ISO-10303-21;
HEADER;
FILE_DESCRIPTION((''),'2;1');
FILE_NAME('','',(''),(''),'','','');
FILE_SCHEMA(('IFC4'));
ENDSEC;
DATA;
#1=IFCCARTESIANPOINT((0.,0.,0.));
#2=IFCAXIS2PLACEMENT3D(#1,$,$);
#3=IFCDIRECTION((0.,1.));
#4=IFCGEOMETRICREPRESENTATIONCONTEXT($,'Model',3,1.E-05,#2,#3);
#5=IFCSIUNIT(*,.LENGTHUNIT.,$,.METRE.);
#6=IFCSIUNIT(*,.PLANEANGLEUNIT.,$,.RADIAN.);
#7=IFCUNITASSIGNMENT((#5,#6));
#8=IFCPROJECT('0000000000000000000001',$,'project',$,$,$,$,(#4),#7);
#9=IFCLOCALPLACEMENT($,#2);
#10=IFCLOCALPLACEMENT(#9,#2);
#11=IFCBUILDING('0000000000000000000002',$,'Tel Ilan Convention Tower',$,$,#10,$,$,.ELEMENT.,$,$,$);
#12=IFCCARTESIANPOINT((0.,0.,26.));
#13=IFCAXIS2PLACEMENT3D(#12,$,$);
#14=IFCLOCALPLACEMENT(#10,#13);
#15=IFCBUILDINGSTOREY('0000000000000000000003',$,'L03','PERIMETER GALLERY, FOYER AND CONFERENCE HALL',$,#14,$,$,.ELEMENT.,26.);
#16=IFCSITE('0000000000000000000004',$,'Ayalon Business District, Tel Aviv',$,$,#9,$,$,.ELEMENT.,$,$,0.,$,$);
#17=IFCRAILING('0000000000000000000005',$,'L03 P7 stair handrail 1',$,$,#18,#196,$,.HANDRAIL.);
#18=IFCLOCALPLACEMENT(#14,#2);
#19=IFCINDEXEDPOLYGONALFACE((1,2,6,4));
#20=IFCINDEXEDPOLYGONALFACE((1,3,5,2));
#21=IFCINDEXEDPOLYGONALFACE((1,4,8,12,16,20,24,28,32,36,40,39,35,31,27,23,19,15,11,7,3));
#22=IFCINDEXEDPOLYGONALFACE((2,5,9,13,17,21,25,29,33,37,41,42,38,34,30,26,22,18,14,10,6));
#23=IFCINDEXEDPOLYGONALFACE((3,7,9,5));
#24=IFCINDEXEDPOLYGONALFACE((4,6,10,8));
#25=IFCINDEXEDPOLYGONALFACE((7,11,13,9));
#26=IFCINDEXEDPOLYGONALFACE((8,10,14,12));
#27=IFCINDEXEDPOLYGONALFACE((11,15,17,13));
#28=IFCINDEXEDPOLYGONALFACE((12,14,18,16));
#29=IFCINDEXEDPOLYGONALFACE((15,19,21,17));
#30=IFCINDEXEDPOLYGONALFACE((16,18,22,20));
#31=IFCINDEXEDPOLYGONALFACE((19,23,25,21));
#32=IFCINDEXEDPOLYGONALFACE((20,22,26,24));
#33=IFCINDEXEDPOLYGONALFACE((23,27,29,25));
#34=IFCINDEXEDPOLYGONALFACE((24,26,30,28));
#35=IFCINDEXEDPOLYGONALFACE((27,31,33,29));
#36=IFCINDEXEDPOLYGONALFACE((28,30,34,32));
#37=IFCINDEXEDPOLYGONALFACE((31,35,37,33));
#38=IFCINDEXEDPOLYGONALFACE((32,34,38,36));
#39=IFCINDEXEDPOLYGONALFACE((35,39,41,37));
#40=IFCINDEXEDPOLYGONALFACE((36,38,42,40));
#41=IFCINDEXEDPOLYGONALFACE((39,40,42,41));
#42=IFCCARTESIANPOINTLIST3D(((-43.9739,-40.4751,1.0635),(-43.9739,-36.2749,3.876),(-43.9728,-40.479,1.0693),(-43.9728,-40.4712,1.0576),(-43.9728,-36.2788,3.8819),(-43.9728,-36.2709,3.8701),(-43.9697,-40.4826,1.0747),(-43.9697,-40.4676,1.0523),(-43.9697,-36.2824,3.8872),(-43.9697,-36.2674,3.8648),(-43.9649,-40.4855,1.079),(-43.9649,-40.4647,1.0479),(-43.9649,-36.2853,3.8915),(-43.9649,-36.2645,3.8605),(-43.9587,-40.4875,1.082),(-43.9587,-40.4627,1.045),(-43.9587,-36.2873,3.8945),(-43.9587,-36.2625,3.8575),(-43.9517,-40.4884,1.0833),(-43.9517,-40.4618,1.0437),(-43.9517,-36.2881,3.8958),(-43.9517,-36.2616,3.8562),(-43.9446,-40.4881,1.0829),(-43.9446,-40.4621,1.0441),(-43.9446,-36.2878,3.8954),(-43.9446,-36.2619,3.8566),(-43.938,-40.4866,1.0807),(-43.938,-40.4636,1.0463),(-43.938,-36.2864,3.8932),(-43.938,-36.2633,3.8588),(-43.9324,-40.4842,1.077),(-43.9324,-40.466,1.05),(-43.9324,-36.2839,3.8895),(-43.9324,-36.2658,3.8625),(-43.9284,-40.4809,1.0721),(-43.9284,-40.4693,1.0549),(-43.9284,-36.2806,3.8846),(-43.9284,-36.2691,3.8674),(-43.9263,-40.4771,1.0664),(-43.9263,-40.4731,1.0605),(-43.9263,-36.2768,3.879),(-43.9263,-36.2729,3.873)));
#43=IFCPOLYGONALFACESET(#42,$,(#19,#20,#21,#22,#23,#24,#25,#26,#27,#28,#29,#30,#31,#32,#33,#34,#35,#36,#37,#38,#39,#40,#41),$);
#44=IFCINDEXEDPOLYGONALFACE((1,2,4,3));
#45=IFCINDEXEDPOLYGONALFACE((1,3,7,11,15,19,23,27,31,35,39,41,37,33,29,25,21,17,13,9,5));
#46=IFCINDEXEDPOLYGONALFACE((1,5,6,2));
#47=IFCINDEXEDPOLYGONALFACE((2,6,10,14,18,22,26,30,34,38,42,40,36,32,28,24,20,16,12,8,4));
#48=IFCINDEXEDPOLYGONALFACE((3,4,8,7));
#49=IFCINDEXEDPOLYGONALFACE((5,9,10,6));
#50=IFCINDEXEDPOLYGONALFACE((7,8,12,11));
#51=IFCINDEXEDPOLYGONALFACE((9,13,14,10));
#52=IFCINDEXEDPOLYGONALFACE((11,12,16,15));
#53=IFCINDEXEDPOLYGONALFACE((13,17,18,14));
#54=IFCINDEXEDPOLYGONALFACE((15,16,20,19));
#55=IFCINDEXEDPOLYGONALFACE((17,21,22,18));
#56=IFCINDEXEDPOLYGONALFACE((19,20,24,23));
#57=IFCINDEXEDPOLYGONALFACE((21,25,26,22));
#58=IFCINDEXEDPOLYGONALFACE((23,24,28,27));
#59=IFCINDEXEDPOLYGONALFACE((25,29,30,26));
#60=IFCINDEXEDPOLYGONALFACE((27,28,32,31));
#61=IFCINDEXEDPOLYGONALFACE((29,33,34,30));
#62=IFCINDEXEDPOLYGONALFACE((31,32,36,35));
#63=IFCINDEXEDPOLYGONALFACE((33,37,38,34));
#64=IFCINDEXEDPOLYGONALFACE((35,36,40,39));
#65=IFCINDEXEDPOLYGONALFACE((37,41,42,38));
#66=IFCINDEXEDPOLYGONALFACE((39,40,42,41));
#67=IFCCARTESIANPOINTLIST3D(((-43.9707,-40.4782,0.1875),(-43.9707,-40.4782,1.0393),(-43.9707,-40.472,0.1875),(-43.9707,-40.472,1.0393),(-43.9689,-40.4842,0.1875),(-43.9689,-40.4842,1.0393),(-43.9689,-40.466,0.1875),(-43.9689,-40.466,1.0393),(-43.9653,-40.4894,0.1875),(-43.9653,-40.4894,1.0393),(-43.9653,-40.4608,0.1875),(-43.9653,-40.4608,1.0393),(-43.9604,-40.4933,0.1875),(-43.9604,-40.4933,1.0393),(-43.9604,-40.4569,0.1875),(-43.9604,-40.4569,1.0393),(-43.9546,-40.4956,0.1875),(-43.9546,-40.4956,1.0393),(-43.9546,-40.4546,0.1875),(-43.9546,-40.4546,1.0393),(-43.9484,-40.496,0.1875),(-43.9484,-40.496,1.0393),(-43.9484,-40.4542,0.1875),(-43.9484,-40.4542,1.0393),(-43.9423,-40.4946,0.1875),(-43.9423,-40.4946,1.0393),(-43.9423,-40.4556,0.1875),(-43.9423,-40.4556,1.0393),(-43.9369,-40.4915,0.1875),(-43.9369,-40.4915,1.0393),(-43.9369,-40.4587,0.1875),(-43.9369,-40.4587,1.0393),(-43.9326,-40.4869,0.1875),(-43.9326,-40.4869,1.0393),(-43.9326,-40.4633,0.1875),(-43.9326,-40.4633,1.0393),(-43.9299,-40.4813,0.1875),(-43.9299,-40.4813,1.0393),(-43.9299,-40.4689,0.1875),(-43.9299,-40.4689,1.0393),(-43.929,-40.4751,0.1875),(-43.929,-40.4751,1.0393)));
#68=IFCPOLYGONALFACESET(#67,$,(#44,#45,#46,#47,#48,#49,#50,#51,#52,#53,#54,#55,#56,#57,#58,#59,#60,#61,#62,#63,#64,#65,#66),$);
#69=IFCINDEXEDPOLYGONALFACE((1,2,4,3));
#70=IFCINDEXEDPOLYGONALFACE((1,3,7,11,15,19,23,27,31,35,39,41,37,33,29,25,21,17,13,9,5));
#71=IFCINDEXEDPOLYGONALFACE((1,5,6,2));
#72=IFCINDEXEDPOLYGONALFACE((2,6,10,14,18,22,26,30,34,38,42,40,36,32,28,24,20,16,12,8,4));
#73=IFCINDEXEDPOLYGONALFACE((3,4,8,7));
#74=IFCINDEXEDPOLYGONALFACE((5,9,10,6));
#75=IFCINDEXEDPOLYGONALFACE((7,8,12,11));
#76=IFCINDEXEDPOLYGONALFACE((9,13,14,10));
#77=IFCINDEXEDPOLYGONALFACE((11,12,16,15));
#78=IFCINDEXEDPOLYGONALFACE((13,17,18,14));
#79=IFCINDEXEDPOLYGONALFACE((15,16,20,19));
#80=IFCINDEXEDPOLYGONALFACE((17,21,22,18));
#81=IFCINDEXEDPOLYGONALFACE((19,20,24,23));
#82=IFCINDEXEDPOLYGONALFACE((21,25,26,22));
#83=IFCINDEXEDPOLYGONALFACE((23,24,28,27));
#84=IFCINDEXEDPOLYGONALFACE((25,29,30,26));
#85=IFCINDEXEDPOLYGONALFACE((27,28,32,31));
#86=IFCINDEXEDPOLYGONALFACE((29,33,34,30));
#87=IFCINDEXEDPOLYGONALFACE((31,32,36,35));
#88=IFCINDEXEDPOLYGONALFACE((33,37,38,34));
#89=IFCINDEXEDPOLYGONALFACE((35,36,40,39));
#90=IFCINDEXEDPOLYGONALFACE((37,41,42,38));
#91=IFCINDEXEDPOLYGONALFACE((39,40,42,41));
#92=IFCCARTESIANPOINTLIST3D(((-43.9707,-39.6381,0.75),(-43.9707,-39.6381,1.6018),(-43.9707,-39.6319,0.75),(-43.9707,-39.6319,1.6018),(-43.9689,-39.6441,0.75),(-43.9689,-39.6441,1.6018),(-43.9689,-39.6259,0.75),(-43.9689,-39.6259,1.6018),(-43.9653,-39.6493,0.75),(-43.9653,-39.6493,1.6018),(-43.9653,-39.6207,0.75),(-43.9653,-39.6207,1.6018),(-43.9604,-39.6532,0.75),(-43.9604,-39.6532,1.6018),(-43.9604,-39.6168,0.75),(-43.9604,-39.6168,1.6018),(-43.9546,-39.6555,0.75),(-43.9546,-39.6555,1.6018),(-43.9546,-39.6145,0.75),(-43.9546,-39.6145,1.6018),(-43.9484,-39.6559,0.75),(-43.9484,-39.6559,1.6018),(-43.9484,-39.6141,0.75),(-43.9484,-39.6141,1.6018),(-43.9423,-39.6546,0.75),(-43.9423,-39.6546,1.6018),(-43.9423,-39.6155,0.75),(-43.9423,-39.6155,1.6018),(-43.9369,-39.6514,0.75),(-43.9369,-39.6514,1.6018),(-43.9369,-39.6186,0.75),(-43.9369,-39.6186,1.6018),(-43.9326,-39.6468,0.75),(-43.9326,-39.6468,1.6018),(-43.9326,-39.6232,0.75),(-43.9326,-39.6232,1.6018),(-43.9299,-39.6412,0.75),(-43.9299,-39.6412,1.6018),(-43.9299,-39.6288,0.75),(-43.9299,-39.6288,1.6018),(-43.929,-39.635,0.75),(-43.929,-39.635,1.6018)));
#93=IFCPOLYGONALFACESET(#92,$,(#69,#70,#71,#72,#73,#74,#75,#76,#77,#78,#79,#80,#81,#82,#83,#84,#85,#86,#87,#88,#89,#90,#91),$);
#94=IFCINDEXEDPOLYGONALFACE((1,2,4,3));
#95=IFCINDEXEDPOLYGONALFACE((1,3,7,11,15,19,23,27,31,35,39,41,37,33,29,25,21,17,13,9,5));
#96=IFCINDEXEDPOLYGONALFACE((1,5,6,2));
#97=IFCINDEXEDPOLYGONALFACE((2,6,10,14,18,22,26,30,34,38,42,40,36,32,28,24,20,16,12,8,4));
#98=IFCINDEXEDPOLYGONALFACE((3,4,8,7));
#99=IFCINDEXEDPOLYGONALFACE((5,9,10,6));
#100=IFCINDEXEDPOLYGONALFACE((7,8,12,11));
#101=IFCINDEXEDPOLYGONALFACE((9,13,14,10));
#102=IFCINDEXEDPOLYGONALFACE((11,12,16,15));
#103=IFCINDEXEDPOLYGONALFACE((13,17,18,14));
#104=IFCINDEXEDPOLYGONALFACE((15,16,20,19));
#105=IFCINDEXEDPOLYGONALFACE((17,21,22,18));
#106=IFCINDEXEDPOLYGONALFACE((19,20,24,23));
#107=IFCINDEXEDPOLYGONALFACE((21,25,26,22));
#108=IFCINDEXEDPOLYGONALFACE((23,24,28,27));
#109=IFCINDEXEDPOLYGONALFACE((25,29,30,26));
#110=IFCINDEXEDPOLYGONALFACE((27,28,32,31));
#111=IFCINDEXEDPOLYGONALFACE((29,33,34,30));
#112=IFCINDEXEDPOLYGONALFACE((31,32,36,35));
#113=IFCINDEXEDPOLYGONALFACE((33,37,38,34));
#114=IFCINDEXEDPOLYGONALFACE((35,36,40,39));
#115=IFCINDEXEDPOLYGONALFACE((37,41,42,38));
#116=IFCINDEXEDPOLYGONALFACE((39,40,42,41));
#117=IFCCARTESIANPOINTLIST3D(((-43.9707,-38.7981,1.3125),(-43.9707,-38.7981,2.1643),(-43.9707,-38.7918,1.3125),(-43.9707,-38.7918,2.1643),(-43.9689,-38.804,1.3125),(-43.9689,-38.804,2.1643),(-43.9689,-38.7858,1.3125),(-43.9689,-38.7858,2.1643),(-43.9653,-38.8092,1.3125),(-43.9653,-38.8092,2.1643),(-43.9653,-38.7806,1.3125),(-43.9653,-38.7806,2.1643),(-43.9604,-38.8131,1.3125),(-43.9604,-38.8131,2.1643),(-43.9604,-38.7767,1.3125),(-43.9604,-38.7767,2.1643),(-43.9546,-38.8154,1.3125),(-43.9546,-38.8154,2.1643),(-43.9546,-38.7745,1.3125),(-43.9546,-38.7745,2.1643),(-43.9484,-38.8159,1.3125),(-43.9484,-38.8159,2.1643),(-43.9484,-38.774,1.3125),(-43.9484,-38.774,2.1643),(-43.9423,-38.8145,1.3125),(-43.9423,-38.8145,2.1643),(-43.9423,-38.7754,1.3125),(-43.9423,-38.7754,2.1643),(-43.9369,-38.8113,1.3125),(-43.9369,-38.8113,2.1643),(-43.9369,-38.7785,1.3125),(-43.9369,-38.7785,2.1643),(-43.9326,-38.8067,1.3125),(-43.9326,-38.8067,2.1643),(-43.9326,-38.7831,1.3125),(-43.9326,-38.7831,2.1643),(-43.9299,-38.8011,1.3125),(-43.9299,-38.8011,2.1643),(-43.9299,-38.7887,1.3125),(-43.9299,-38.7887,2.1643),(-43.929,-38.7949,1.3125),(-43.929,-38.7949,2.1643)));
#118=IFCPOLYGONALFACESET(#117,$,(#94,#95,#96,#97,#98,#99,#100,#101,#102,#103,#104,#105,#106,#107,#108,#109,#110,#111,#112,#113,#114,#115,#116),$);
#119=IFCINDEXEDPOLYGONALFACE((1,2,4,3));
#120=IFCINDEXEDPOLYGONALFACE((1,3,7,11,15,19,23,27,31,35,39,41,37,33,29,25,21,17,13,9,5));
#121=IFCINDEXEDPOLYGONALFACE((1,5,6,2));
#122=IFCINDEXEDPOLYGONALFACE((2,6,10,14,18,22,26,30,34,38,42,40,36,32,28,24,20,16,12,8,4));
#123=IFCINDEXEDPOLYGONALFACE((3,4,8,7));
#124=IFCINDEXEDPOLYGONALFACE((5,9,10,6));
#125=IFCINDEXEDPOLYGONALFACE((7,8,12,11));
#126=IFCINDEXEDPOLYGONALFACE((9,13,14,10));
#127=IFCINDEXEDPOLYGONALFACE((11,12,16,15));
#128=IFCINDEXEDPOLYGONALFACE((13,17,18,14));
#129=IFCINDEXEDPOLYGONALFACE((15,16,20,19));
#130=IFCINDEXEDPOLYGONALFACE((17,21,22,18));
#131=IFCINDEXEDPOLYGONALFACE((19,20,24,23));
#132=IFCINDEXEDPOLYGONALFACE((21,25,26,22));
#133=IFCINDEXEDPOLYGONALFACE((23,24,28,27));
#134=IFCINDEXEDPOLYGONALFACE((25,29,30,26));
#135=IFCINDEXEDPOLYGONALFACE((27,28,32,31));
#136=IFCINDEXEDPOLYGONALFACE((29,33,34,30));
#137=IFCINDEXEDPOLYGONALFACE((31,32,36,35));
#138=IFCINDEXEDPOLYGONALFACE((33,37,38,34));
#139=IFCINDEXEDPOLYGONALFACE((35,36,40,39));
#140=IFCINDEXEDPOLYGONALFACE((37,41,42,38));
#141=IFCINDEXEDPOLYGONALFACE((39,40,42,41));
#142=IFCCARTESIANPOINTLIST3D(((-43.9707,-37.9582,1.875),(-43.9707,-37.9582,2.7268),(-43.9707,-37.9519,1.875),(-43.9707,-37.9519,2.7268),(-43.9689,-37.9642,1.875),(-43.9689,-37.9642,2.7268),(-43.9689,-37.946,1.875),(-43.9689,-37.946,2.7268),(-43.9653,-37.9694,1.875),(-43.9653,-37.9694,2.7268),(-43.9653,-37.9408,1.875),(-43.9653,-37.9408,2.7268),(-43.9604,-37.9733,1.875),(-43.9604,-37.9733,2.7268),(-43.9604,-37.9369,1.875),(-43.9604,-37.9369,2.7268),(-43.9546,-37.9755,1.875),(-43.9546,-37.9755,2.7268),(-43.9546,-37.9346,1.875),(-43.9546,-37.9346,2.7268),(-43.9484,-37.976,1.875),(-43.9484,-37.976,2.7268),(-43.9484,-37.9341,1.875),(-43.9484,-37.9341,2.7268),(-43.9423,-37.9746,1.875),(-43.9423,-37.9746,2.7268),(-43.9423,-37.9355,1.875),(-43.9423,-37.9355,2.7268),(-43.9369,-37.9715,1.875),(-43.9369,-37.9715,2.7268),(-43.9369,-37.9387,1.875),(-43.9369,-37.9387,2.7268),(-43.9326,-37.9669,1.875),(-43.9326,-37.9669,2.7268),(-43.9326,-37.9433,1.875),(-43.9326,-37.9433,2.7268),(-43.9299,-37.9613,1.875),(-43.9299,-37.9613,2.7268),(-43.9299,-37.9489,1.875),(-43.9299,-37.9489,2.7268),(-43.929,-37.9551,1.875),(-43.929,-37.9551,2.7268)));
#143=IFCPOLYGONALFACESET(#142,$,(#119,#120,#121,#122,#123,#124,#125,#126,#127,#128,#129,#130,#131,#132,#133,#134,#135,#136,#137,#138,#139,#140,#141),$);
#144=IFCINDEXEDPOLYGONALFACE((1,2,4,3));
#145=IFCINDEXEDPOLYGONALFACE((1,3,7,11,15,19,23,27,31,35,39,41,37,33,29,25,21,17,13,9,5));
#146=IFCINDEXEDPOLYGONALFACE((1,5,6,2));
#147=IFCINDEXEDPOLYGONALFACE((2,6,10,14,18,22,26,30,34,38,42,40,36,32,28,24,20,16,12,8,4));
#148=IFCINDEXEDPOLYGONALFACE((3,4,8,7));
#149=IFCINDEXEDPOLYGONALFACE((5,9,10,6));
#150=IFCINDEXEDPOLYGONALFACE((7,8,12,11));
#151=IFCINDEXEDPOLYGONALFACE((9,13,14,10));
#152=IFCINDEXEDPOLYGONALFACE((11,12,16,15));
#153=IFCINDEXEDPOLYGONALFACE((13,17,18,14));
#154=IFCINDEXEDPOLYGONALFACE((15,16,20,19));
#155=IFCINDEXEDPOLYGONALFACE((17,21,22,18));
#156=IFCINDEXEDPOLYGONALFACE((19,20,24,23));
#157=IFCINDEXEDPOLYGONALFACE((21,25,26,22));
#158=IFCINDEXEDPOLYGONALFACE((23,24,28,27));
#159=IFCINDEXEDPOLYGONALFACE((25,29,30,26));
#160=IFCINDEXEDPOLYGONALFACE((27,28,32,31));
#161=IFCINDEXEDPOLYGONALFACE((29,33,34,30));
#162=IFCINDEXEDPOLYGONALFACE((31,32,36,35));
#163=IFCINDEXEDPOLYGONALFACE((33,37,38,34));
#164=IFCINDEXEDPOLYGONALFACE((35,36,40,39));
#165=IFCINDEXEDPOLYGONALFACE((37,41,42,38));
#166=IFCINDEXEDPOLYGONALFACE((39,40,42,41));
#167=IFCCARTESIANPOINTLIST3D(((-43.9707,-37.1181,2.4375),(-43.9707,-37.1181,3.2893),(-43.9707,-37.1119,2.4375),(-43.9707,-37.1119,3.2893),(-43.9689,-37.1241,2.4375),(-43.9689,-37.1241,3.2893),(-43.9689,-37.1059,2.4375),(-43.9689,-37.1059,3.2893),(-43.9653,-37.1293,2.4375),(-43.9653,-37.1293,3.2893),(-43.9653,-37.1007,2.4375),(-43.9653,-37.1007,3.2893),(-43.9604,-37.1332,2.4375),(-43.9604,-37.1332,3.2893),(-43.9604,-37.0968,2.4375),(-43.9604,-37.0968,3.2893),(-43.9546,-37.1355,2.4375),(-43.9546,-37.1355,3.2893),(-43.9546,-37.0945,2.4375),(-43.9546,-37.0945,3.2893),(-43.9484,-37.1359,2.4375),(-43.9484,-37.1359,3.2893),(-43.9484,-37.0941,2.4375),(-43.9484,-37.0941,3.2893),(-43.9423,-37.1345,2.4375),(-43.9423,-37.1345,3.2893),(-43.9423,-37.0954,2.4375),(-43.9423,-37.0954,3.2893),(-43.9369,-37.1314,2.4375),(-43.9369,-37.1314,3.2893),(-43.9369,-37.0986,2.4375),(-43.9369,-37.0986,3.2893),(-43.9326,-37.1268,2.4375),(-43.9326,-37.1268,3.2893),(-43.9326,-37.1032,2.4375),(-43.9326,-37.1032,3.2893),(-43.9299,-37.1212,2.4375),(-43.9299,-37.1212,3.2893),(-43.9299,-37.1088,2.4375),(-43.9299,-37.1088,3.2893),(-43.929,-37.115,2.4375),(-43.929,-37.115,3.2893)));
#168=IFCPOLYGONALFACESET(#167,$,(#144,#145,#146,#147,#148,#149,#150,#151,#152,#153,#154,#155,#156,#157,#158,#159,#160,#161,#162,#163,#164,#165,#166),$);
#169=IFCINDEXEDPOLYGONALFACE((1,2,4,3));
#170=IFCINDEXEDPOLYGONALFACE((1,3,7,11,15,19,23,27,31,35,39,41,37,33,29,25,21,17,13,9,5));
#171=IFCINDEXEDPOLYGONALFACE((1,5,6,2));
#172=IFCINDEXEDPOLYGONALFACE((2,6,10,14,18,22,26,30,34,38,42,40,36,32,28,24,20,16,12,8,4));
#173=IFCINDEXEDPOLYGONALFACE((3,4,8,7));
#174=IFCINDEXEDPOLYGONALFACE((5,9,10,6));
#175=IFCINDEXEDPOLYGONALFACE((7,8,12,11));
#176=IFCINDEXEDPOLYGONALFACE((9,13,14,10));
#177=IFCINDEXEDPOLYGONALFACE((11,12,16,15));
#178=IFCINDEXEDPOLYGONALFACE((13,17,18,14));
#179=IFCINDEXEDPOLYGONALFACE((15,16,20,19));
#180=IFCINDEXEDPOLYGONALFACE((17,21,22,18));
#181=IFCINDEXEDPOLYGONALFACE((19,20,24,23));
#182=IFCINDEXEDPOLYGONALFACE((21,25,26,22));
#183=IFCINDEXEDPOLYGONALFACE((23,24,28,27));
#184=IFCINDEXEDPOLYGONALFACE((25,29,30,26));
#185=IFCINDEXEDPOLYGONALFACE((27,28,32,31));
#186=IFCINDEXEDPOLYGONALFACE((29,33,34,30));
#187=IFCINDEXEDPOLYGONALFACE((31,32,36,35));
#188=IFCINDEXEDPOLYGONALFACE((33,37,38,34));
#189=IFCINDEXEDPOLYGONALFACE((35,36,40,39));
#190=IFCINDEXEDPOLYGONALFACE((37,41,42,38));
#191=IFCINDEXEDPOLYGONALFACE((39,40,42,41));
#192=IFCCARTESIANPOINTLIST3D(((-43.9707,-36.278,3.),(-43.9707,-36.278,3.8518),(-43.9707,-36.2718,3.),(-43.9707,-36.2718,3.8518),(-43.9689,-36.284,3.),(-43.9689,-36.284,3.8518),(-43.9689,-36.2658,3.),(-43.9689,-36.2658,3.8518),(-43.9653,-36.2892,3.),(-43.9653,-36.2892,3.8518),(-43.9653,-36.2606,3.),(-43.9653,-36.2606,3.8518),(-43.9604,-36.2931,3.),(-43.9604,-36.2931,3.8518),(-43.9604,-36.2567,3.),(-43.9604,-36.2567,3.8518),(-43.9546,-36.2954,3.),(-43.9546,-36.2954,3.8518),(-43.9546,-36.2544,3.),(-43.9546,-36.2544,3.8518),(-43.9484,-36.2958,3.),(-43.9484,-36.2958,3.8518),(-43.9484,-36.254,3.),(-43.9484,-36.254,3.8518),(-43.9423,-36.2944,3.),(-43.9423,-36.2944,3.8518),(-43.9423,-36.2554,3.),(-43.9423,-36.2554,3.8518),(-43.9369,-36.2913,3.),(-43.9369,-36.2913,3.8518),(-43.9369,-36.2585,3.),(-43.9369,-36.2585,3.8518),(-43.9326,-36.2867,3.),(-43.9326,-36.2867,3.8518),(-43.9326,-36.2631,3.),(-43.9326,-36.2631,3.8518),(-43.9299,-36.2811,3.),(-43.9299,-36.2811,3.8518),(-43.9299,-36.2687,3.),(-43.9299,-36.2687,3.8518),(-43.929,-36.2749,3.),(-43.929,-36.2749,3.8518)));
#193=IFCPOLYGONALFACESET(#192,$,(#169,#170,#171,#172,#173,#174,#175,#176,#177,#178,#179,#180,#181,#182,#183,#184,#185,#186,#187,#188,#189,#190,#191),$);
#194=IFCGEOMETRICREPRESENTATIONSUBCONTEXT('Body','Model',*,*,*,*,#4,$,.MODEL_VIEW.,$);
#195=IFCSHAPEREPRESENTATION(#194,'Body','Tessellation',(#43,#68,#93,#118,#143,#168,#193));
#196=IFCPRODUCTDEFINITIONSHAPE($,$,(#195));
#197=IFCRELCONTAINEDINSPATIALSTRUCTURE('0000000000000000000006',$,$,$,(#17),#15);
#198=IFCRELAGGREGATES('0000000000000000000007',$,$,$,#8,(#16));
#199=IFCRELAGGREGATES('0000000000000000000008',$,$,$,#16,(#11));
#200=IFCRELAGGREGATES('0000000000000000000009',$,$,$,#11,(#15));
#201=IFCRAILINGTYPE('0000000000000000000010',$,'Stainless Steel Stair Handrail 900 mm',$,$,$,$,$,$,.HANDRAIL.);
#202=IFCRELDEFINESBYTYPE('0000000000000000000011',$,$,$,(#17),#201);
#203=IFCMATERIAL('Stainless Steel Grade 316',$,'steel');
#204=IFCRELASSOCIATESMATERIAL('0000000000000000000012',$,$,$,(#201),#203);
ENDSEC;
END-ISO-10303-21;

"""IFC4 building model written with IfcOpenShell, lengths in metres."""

from ifc_helpers import new_model, si_unit, direction, frame, origin, origin_2d, place, context, subcontext, project, spatial, circle, extrude, material, type_object, element, save


model = new_model("IFC4")

# Units and contexts
model_context = context("Model", 3, precision=1e-05, world=origin(), true_north=direction((0.0, 1.0)))
body_context = subcontext(model_context, "Body", "Model", "MODEL_VIEW")
ifc_project = project(units=[si_unit("LENGTHUNIT", "METRE"), si_unit("PLANEANGLEUNIT", "RADIAN")], contexts=[model_context])

# Site, building, storey
site_placement = place(None, origin())
site = spatial("IfcSite", under=ifc_project, at=site_placement, Name="Ayalon Business District, Tel Aviv", CompositionType="ELEMENT", RefElevation=0.0)
building_placement = place(site_placement, origin())
building = spatial("IfcBuilding", under=site, at=building_placement, Name="Tel Ilan Convention Tower", CompositionType="ELEMENT")
storey_placement = place(building_placement, frame((0.0, 0.0, 26.0)))
storey = spatial("IfcBuildingStorey", under=building, at=storey_placement, Name="L03", Description="PERIMETER GALLERY, FOYER AND CONFERENCE HALL", CompositionType="ELEMENT", Elevation=26.0)

# Railing
ifc_material_1 = material(Name="Stainless Steel Grade 316", Category="steel")
railing_type_1 = type_object("IfcRailingType", Name="Stainless Steel Stair Handrail 900 mm", PredefinedType="HANDRAIL", material=ifc_material_1)
railing_1_placement = place(storey_placement, frame((-43.95, -40.4751, 0.1875)))
element("IfcRailing", 1, at=railing_1_placement, inside=storey, type_object=railing_type_1, Name="L03 P7 stair handrail 1", PredefinedType="HANDRAIL", context=body_context, shape_type="SweptSolid", body=[
    extrude(circle(Radius=0.0239, at=origin_2d()), frame((0.0, 0.0, 0.876), z_axis=(0.0, 0.830919, 0.556393), x_axis=(-1.0, 0.0, 0.0)), (0.0, 0.0, 1.0), 5.0549),
    extrude(circle(Radius=0.021, at=origin_2d()), origin(), (0.0, 0.0, 1.0), 0.8518),
    extrude(circle(Radius=0.021, at=origin_2d()), frame((0.0, 0.8401, 0.5625)), (0.0, 0.0, 1.0), 0.8518),
    extrude(circle(Radius=0.021, at=origin_2d()), frame((0.0, 1.6802, 1.125)), (0.0, 0.0, 1.0), 0.8518),
    extrude(circle(Radius=0.021, at=origin_2d()), frame((0.0, 2.52, 1.6875)), (0.0, 0.0, 1.0), 0.8518),
    extrude(circle(Radius=0.021, at=origin_2d()), frame((0.0, 3.3601, 2.25)), (0.0, 0.0, 1.0), 0.8518),
    extrude(circle(Radius=0.021, at=origin_2d()), frame((0.0, 4.2002, 2.8125)), (0.0, 0.0, 1.0), 0.8518),
])

save(model, "model.ifc")
